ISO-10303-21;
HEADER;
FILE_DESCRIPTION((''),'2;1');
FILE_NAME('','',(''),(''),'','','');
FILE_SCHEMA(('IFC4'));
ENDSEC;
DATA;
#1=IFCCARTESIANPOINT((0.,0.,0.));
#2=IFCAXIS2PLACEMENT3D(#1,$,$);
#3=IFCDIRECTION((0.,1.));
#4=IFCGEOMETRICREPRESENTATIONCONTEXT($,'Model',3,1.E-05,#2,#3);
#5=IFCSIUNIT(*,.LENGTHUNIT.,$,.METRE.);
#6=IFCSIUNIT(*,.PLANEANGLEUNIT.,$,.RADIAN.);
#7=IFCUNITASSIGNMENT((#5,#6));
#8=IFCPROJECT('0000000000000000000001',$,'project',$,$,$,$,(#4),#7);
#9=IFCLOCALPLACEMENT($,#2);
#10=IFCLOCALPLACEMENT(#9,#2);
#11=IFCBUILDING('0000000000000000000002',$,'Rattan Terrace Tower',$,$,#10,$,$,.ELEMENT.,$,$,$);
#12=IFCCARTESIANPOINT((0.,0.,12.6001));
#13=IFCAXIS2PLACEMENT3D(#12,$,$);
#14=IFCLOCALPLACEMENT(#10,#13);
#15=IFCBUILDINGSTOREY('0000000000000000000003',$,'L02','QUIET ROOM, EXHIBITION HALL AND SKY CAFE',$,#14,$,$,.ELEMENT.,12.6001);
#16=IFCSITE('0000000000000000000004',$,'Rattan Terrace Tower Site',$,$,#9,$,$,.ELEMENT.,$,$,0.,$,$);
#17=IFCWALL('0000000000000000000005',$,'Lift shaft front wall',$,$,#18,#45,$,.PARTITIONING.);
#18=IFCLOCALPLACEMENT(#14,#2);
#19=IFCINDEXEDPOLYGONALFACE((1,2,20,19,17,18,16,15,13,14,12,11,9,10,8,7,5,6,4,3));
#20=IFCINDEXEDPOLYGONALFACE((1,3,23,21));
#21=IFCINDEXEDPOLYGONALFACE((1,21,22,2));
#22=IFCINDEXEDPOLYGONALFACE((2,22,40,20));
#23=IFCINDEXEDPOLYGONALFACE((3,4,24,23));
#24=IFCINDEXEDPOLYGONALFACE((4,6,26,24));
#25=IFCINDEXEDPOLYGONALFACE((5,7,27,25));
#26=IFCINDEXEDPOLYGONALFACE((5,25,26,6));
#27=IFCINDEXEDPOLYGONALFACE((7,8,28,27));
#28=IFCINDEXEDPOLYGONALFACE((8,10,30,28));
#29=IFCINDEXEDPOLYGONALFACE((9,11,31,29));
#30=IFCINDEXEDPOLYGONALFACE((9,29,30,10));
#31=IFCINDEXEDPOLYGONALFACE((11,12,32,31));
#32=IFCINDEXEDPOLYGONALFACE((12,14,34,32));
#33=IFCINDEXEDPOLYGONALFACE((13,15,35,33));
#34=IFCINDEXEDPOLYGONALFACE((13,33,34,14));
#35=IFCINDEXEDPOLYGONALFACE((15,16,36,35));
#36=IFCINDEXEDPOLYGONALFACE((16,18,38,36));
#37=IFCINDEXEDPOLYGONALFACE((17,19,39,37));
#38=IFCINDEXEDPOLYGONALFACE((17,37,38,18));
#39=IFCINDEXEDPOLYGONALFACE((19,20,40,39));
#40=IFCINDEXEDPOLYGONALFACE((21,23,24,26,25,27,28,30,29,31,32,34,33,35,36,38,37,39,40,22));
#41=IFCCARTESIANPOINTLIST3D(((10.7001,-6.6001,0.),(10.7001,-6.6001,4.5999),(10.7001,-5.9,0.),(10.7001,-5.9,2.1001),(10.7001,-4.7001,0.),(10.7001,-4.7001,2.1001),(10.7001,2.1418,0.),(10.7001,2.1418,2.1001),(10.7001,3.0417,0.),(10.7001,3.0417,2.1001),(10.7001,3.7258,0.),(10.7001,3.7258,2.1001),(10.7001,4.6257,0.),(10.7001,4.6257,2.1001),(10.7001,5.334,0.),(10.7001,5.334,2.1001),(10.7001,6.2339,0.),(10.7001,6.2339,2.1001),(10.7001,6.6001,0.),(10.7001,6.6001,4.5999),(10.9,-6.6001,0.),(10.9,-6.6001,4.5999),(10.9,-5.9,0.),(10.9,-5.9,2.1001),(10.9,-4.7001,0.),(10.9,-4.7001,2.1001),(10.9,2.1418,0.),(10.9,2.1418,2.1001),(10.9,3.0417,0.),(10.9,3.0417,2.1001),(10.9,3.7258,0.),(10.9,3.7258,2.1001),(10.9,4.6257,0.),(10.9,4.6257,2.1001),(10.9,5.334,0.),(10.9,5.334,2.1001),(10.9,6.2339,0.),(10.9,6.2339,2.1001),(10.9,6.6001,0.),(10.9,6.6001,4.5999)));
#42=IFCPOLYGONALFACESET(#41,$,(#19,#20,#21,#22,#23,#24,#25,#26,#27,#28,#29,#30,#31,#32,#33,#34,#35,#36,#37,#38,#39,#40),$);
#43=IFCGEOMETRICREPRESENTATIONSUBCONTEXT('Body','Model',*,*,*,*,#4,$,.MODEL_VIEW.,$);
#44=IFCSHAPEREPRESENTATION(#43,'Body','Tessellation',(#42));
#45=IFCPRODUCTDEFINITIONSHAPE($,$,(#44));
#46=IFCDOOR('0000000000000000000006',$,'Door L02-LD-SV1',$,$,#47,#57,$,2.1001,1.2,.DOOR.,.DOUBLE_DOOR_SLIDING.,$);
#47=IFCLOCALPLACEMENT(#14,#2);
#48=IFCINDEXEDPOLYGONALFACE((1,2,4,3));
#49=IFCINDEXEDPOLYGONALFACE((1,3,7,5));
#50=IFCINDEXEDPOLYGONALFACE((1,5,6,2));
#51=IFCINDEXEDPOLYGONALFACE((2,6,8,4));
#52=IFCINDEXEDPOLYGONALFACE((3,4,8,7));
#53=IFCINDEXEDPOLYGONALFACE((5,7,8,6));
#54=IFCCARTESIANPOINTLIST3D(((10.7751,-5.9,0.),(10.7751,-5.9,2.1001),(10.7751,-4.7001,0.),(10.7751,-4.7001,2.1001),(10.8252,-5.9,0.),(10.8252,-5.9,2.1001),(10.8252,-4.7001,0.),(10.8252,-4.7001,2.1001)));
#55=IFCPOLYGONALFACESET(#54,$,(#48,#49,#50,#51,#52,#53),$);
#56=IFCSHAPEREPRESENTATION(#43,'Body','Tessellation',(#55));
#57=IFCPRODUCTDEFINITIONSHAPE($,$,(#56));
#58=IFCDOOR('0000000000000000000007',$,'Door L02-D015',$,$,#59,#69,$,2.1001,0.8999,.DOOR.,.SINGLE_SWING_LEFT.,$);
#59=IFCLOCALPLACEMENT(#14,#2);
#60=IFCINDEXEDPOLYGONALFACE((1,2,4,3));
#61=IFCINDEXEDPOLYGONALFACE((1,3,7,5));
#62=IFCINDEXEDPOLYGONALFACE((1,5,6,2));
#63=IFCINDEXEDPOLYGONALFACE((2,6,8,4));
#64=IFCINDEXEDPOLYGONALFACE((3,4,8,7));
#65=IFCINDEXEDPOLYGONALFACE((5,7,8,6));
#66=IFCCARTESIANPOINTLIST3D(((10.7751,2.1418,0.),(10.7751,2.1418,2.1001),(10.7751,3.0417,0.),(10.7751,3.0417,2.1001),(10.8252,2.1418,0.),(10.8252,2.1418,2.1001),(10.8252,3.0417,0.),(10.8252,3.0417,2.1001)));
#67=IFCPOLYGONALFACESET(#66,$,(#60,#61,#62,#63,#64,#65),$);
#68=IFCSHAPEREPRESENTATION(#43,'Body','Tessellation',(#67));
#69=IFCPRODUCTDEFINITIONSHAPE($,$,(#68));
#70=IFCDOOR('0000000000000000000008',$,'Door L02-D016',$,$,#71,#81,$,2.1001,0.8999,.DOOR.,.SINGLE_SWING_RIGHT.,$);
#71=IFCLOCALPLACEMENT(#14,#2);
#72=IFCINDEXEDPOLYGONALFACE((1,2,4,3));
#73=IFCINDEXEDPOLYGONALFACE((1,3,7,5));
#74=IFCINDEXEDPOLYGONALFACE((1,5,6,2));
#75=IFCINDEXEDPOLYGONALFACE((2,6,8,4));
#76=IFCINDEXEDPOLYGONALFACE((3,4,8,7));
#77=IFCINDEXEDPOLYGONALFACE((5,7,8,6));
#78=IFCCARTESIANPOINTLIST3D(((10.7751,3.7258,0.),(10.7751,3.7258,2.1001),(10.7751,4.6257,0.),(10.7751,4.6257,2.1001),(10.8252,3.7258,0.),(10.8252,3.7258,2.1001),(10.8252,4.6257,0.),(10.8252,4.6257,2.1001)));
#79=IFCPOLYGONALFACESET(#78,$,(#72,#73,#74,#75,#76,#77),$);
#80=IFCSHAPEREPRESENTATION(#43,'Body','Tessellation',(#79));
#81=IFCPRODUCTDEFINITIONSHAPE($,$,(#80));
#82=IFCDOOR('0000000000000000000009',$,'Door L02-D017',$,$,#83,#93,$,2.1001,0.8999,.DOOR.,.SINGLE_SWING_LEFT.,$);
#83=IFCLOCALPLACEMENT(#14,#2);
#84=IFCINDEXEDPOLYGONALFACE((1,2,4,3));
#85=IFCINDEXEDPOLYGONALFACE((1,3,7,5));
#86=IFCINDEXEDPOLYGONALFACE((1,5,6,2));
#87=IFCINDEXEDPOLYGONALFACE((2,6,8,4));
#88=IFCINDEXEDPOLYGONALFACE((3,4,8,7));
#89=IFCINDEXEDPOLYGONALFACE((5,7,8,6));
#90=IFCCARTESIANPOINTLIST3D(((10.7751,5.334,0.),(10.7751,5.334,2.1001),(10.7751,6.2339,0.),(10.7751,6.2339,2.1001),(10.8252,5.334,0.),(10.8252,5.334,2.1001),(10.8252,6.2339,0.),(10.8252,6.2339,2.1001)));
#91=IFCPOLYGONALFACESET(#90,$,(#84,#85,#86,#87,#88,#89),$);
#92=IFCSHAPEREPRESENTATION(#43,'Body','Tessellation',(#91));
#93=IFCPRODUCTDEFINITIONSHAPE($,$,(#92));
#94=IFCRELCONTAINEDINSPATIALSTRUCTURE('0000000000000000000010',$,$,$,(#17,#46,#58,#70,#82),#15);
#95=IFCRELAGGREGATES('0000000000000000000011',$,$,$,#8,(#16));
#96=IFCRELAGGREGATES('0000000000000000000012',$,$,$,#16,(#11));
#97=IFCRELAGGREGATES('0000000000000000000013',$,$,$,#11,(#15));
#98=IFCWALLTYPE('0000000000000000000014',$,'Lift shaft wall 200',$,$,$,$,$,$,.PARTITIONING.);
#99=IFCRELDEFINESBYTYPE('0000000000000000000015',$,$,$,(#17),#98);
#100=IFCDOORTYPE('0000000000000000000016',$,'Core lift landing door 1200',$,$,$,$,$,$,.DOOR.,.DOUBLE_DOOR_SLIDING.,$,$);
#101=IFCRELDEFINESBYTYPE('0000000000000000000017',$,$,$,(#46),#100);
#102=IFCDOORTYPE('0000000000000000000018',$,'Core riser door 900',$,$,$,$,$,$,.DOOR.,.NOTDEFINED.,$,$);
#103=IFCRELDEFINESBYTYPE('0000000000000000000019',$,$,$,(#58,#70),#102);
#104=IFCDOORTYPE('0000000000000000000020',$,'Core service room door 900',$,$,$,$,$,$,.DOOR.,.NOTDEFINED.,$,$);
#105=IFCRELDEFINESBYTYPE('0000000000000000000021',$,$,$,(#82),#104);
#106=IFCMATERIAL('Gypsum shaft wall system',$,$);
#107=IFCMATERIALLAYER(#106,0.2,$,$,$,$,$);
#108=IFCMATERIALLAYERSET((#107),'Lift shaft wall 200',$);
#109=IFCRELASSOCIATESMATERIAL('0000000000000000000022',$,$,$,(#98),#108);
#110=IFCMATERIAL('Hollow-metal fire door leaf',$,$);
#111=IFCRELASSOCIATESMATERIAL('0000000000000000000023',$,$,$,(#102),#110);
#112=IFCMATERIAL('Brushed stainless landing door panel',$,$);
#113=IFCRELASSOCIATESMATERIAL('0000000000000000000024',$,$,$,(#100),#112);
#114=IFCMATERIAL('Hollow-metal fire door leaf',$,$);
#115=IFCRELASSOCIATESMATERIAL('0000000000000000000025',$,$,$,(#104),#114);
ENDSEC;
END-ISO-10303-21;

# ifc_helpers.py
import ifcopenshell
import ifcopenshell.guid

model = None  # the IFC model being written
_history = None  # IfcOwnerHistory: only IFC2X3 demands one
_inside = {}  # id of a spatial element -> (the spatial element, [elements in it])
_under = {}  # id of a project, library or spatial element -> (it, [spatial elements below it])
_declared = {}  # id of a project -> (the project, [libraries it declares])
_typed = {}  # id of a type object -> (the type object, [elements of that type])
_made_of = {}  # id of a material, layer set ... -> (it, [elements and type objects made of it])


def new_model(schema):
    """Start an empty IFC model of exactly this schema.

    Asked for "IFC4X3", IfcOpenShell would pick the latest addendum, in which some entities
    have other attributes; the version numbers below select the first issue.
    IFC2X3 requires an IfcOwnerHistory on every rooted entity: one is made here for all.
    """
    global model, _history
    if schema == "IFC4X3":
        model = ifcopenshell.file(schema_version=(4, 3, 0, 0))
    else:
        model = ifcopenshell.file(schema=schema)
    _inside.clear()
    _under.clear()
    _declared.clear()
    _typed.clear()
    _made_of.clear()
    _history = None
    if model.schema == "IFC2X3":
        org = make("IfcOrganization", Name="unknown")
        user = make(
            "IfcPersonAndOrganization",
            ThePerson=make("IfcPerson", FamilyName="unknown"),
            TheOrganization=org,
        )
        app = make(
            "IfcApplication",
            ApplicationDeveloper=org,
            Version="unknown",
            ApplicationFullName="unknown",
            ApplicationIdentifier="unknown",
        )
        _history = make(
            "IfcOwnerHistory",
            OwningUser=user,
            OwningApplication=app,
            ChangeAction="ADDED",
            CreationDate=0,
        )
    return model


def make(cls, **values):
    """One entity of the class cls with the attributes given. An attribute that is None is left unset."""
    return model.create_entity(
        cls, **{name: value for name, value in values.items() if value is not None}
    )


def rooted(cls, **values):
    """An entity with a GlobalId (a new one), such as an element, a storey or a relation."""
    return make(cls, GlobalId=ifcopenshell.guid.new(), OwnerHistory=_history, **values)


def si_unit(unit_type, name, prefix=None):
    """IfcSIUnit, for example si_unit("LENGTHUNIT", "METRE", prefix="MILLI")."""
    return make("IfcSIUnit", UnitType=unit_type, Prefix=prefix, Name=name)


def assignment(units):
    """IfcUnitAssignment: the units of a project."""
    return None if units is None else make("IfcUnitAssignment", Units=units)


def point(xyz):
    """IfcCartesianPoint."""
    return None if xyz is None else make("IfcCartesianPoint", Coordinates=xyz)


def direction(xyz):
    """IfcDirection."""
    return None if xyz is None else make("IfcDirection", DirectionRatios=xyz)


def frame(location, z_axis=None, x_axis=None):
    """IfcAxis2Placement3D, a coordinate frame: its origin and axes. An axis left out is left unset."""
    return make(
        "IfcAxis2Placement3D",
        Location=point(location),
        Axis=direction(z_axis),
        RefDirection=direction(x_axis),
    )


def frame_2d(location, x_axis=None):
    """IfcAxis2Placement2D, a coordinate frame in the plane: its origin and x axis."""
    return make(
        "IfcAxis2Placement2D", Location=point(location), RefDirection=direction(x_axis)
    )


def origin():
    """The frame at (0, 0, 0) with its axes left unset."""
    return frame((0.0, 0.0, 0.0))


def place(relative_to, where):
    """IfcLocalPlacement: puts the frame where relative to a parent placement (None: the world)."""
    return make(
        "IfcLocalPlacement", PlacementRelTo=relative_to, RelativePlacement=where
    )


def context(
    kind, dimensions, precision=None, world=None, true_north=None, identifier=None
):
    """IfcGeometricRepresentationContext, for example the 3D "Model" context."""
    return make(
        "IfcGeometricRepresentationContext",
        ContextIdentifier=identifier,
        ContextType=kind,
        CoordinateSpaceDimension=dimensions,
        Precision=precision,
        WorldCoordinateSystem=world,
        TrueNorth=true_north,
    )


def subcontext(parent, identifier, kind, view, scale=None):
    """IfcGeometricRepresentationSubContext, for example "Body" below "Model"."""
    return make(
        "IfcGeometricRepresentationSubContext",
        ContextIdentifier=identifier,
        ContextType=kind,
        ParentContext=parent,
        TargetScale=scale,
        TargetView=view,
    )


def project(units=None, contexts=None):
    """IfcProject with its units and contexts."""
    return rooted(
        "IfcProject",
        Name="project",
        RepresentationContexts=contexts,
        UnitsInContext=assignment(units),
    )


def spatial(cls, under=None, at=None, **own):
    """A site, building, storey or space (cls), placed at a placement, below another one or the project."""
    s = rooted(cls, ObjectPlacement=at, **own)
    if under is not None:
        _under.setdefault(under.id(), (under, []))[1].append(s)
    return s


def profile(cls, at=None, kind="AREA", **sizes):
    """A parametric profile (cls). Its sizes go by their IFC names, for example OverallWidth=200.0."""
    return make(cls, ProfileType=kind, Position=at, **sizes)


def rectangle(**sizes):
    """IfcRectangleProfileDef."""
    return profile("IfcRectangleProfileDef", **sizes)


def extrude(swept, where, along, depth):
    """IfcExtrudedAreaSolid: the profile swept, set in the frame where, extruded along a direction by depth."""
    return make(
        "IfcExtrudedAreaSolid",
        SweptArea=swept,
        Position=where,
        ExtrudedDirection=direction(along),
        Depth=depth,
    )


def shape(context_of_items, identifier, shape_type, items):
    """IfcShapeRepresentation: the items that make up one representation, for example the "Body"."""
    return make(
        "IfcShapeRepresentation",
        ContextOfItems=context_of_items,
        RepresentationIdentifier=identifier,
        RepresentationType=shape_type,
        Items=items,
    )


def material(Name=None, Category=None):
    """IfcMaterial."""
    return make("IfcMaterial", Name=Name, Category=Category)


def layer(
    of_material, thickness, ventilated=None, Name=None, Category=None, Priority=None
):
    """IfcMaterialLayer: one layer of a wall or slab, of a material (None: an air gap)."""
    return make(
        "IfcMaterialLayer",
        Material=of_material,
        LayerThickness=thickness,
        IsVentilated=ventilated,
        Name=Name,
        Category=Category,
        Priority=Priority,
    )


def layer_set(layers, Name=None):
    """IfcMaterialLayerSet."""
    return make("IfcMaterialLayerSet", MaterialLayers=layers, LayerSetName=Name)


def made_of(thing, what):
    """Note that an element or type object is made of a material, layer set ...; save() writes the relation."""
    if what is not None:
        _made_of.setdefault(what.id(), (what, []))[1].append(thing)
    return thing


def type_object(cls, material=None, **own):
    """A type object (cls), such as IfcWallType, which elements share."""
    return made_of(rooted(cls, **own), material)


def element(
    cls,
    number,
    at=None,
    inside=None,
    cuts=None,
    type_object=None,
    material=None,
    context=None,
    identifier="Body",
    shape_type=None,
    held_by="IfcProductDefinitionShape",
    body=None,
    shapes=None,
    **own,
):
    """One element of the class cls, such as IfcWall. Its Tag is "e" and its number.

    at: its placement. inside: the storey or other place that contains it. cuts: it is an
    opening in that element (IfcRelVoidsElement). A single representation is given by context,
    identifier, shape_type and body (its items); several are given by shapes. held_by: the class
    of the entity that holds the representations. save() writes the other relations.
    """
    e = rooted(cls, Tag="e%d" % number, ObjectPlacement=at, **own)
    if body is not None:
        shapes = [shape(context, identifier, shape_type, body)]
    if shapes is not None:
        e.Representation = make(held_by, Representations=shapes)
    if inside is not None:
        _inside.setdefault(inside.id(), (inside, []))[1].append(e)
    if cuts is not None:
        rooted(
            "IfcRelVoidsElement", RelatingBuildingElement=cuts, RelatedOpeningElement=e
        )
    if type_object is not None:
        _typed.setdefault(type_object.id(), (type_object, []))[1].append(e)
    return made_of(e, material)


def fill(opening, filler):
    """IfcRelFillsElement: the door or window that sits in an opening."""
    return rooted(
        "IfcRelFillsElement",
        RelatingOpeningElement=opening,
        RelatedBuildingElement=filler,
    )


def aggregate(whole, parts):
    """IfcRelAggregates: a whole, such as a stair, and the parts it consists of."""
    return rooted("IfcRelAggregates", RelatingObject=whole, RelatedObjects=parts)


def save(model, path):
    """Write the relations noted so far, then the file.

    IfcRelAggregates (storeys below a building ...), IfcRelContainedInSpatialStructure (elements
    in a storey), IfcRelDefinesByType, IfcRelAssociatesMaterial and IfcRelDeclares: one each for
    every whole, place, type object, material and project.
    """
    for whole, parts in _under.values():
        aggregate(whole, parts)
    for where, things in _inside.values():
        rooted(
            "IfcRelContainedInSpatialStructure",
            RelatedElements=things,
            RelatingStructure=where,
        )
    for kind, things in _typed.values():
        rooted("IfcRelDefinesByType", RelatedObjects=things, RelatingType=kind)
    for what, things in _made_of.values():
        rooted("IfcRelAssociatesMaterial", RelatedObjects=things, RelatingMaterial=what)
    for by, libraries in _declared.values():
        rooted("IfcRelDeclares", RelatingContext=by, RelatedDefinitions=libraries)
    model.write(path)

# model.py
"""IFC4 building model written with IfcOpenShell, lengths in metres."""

from ifc_helpers import new_model, si_unit, direction, frame, frame_2d, origin, place, context, subcontext, project, spatial, rectangle, extrude, material, layer, layer_set, type_object, element, fill, save


model = new_model("IFC4")

# Units and contexts
model_context = context("Model", 3, precision=1e-05, world=origin(), true_north=direction((0.0, 1.0)))
body_context = subcontext(model_context, "Body", "Model", "MODEL_VIEW")
ifc_project = project(units=[si_unit("LENGTHUNIT", "METRE"), si_unit("PLANEANGLEUNIT", "RADIAN")], contexts=[model_context])

# Site, building, storey
site_placement = place(None, origin())
site = spatial("IfcSite", under=ifc_project, at=site_placement, Name="Rattan Terrace Tower Site", CompositionType="ELEMENT", RefElevation=0.0)
building_placement = place(site_placement, origin())
building = spatial("IfcBuilding", under=site, at=building_placement, Name="Rattan Terrace Tower", CompositionType="ELEMENT")
storey_placement = place(building_placement, frame((0.0, 0.0, 12.6001)))
storey = spatial("IfcBuildingStorey", under=building, at=storey_placement, Name="L02", Description="QUIET ROOM, EXHIBITION HALL AND SKY CAFE", CompositionType="ELEMENT", Elevation=12.6001)

# Shared definitions
ifc_material_1 = material(Name="Gypsum shaft wall system")
ifc_layer_1 = layer(ifc_material_1, 0.2)
ifc_layer_set_1 = layer_set([ifc_layer_1], Name="Lift shaft wall 200")
wall_type_1 = type_object("IfcWallType", Name="Lift shaft wall 200", PredefinedType="PARTITIONING", material=ifc_layer_set_1)
ifc_material_2 = material(Name="Hollow-metal fire door leaf")
door_type_1 = type_object("IfcDoorType", Name="Core riser door 900", OperationType="NOTDEFINED", PredefinedType="DOOR", material=ifc_material_2)

# Wall, openings, doors
wall_1_placement = place(storey_placement, frame((10.8, -6.6001, 0.0), z_axis=(0.0, 0.0, 1.0), x_axis=(0.0, 1.0, 0.0)))
wall_1 = element("IfcWall", 1, at=wall_1_placement, inside=storey, type_object=wall_type_1, Name="Lift shaft front wall", PredefinedType="PARTITIONING", context=body_context, shape_type="SweptSolid", body=[
    extrude(rectangle(XDim=13.2002, YDim=0.2, at=frame_2d((6.6001, 0.0))), origin(), (0.0, 0.0, 1.0), 4.5999),
])
opening_1_placement = place(wall_1_placement, frame((0.7, 0.0, 0.0)))
opening_1 = element("IfcOpeningElement", 2, at=opening_1_placement, cuts=wall_1, PredefinedType="OPENING", context=body_context, shape_type="SweptSolid", body=[
    extrude(rectangle(XDim=1.2, YDim=2.1001, at=frame_2d((0.6001, 1.05))), frame((0.0, 0.1106, 0.0), z_axis=(0.0, -1.0, 0.0), x_axis=(1.0, 0.0, 0.0)), (0.0, 0.0, 1.0), 0.2209),
])
opening_2_placement = place(wall_1_placement, frame((8.7419, 0.0, 0.0)))
opening_2 = element("IfcOpeningElement", 3, at=opening_2_placement, cuts=wall_1, PredefinedType="OPENING", context=body_context, shape_type="SweptSolid", body=[
    extrude(rectangle(XDim=0.8999, YDim=2.1001, at=frame_2d((0.45, 1.05))), frame((0.0, 0.1106, 0.0), z_axis=(0.0, -1.0, 0.0), x_axis=(1.0, 0.0, 0.0)), (0.0, 0.0, 1.0), 0.2209),
])
opening_3_placement = place(wall_1_placement, frame((10.3259, 0.0, 0.0)))
opening_3 = element("IfcOpeningElement", 4, at=opening_3_placement, cuts=wall_1, PredefinedType="OPENING", context=body_context, shape_type="SweptSolid", body=[
    extrude(rectangle(XDim=0.8999, YDim=2.1001, at=frame_2d((0.45, 1.05))), frame((0.0, 0.1106, 0.0), z_axis=(0.0, -1.0, 0.0), x_axis=(1.0, 0.0, 0.0)), (0.0, 0.0, 1.0), 0.2209),
])
opening_4_placement = place(wall_1_placement, frame((11.9341, 0.0, 0.0)))
opening_4 = element("IfcOpeningElement", 5, at=opening_4_placement, cuts=wall_1, PredefinedType="OPENING", context=body_context, shape_type="SweptSolid", body=[
    extrude(rectangle(XDim=0.8999, YDim=2.1001, at=frame_2d((0.45, 1.05))), frame((0.0, 0.1106, 0.0), z_axis=(0.0, -1.0, 0.0), x_axis=(1.0, 0.0, 0.0)), (0.0, 0.0, 1.0), 0.2209),
])
ifc_material_3 = material(Name="Brushed stainless landing door panel")
door_type_2 = type_object("IfcDoorType", Name="Core lift landing door 1200", OperationType="DOUBLE_DOOR_SLIDING", PredefinedType="DOOR", material=ifc_material_3)
door_1_placement = place(opening_1_placement, origin())
door_1 = element("IfcDoor", 6, at=door_1_placement, inside=storey, type_object=door_type_2, Name="Door L02-LD-SV1", OperationType="DOUBLE_DOOR_SLIDING", OverallHeight=2.1001, OverallWidth=1.2, PredefinedType="DOOR", context=body_context, shape_type="SweptSolid", body=[
    extrude(rectangle(XDim=1.2, YDim=2.1001, at=frame_2d((0.6001, 1.05))), frame((0.0, 0.0249, 0.0), z_axis=(0.0, -1.0, 0.0), x_axis=(1.0, 0.0, 0.0)), (0.0, 0.0, 1.0), 0.05),
])
fill(opening_1, door_1)
door_2_placement = place(opening_2_placement, origin())
door_2 = element("IfcDoor", 7, at=door_2_placement, inside=storey, type_object=door_type_1, Name="Door L02-D015", OperationType="SINGLE_SWING_LEFT", OverallHeight=2.1001, OverallWidth=0.8999, PredefinedType="DOOR", context=body_context, shape_type="SweptSolid", body=[
    extrude(rectangle(XDim=0.8999, YDim=2.1001, at=frame_2d((0.45, 1.05))), frame((0.0, 0.0249, 0.0), z_axis=(0.0, -1.0, 0.0), x_axis=(1.0, 0.0, 0.0)), (0.0, 0.0, 1.0), 0.05),
])
fill(opening_2, door_2)
door_3_placement = place(opening_3_placement, origin())
door_3 = element("IfcDoor", 8, at=door_3_placement, inside=storey, type_object=door_type_1, Name="Door L02-D016", OperationType="SINGLE_SWING_RIGHT", OverallHeight=2.1001, OverallWidth=0.8999, PredefinedType="DOOR", context=body_context, shape_type="SweptSolid", body=[
    extrude(rectangle(XDim=0.8999, YDim=2.1001, at=frame_2d((0.45, 1.05))), frame((0.0, 0.0249, 0.0), z_axis=(0.0, -1.0, 0.0), x_axis=(1.0, 0.0, 0.0)), (0.0, 0.0, 1.0), 0.05),
])
fill(opening_3, door_3)
ifc_material_4 = material(Name="Hollow-metal fire door leaf")
door_type_3 = type_object("IfcDoorType", Name="Core service room door 900", OperationType="NOTDEFINED", PredefinedType="DOOR", material=ifc_material_4)
door_4_placement = place(opening_4_placement, origin())
door_4 = element("IfcDoor", 9, at=door_4_placement, inside=storey, type_object=door_type_3, Name="Door L02-D017", OperationType="SINGLE_SWING_LEFT", OverallHeight=2.1001, OverallWidth=0.8999, PredefinedType="DOOR", context=body_context, shape_type="SweptSolid", body=[
    extrude(rectangle(XDim=0.8999, YDim=2.1001, at=frame_2d((0.45, 1.05))), frame((0.0, 0.0249, 0.0), z_axis=(0.0, -1.0, 0.0), x_axis=(1.0, 0.0, 0.0)), (0.0, 0.0, 1.0), 0.05),
])
fill(opening_4, door_4)

save(model, "model.ifc")
